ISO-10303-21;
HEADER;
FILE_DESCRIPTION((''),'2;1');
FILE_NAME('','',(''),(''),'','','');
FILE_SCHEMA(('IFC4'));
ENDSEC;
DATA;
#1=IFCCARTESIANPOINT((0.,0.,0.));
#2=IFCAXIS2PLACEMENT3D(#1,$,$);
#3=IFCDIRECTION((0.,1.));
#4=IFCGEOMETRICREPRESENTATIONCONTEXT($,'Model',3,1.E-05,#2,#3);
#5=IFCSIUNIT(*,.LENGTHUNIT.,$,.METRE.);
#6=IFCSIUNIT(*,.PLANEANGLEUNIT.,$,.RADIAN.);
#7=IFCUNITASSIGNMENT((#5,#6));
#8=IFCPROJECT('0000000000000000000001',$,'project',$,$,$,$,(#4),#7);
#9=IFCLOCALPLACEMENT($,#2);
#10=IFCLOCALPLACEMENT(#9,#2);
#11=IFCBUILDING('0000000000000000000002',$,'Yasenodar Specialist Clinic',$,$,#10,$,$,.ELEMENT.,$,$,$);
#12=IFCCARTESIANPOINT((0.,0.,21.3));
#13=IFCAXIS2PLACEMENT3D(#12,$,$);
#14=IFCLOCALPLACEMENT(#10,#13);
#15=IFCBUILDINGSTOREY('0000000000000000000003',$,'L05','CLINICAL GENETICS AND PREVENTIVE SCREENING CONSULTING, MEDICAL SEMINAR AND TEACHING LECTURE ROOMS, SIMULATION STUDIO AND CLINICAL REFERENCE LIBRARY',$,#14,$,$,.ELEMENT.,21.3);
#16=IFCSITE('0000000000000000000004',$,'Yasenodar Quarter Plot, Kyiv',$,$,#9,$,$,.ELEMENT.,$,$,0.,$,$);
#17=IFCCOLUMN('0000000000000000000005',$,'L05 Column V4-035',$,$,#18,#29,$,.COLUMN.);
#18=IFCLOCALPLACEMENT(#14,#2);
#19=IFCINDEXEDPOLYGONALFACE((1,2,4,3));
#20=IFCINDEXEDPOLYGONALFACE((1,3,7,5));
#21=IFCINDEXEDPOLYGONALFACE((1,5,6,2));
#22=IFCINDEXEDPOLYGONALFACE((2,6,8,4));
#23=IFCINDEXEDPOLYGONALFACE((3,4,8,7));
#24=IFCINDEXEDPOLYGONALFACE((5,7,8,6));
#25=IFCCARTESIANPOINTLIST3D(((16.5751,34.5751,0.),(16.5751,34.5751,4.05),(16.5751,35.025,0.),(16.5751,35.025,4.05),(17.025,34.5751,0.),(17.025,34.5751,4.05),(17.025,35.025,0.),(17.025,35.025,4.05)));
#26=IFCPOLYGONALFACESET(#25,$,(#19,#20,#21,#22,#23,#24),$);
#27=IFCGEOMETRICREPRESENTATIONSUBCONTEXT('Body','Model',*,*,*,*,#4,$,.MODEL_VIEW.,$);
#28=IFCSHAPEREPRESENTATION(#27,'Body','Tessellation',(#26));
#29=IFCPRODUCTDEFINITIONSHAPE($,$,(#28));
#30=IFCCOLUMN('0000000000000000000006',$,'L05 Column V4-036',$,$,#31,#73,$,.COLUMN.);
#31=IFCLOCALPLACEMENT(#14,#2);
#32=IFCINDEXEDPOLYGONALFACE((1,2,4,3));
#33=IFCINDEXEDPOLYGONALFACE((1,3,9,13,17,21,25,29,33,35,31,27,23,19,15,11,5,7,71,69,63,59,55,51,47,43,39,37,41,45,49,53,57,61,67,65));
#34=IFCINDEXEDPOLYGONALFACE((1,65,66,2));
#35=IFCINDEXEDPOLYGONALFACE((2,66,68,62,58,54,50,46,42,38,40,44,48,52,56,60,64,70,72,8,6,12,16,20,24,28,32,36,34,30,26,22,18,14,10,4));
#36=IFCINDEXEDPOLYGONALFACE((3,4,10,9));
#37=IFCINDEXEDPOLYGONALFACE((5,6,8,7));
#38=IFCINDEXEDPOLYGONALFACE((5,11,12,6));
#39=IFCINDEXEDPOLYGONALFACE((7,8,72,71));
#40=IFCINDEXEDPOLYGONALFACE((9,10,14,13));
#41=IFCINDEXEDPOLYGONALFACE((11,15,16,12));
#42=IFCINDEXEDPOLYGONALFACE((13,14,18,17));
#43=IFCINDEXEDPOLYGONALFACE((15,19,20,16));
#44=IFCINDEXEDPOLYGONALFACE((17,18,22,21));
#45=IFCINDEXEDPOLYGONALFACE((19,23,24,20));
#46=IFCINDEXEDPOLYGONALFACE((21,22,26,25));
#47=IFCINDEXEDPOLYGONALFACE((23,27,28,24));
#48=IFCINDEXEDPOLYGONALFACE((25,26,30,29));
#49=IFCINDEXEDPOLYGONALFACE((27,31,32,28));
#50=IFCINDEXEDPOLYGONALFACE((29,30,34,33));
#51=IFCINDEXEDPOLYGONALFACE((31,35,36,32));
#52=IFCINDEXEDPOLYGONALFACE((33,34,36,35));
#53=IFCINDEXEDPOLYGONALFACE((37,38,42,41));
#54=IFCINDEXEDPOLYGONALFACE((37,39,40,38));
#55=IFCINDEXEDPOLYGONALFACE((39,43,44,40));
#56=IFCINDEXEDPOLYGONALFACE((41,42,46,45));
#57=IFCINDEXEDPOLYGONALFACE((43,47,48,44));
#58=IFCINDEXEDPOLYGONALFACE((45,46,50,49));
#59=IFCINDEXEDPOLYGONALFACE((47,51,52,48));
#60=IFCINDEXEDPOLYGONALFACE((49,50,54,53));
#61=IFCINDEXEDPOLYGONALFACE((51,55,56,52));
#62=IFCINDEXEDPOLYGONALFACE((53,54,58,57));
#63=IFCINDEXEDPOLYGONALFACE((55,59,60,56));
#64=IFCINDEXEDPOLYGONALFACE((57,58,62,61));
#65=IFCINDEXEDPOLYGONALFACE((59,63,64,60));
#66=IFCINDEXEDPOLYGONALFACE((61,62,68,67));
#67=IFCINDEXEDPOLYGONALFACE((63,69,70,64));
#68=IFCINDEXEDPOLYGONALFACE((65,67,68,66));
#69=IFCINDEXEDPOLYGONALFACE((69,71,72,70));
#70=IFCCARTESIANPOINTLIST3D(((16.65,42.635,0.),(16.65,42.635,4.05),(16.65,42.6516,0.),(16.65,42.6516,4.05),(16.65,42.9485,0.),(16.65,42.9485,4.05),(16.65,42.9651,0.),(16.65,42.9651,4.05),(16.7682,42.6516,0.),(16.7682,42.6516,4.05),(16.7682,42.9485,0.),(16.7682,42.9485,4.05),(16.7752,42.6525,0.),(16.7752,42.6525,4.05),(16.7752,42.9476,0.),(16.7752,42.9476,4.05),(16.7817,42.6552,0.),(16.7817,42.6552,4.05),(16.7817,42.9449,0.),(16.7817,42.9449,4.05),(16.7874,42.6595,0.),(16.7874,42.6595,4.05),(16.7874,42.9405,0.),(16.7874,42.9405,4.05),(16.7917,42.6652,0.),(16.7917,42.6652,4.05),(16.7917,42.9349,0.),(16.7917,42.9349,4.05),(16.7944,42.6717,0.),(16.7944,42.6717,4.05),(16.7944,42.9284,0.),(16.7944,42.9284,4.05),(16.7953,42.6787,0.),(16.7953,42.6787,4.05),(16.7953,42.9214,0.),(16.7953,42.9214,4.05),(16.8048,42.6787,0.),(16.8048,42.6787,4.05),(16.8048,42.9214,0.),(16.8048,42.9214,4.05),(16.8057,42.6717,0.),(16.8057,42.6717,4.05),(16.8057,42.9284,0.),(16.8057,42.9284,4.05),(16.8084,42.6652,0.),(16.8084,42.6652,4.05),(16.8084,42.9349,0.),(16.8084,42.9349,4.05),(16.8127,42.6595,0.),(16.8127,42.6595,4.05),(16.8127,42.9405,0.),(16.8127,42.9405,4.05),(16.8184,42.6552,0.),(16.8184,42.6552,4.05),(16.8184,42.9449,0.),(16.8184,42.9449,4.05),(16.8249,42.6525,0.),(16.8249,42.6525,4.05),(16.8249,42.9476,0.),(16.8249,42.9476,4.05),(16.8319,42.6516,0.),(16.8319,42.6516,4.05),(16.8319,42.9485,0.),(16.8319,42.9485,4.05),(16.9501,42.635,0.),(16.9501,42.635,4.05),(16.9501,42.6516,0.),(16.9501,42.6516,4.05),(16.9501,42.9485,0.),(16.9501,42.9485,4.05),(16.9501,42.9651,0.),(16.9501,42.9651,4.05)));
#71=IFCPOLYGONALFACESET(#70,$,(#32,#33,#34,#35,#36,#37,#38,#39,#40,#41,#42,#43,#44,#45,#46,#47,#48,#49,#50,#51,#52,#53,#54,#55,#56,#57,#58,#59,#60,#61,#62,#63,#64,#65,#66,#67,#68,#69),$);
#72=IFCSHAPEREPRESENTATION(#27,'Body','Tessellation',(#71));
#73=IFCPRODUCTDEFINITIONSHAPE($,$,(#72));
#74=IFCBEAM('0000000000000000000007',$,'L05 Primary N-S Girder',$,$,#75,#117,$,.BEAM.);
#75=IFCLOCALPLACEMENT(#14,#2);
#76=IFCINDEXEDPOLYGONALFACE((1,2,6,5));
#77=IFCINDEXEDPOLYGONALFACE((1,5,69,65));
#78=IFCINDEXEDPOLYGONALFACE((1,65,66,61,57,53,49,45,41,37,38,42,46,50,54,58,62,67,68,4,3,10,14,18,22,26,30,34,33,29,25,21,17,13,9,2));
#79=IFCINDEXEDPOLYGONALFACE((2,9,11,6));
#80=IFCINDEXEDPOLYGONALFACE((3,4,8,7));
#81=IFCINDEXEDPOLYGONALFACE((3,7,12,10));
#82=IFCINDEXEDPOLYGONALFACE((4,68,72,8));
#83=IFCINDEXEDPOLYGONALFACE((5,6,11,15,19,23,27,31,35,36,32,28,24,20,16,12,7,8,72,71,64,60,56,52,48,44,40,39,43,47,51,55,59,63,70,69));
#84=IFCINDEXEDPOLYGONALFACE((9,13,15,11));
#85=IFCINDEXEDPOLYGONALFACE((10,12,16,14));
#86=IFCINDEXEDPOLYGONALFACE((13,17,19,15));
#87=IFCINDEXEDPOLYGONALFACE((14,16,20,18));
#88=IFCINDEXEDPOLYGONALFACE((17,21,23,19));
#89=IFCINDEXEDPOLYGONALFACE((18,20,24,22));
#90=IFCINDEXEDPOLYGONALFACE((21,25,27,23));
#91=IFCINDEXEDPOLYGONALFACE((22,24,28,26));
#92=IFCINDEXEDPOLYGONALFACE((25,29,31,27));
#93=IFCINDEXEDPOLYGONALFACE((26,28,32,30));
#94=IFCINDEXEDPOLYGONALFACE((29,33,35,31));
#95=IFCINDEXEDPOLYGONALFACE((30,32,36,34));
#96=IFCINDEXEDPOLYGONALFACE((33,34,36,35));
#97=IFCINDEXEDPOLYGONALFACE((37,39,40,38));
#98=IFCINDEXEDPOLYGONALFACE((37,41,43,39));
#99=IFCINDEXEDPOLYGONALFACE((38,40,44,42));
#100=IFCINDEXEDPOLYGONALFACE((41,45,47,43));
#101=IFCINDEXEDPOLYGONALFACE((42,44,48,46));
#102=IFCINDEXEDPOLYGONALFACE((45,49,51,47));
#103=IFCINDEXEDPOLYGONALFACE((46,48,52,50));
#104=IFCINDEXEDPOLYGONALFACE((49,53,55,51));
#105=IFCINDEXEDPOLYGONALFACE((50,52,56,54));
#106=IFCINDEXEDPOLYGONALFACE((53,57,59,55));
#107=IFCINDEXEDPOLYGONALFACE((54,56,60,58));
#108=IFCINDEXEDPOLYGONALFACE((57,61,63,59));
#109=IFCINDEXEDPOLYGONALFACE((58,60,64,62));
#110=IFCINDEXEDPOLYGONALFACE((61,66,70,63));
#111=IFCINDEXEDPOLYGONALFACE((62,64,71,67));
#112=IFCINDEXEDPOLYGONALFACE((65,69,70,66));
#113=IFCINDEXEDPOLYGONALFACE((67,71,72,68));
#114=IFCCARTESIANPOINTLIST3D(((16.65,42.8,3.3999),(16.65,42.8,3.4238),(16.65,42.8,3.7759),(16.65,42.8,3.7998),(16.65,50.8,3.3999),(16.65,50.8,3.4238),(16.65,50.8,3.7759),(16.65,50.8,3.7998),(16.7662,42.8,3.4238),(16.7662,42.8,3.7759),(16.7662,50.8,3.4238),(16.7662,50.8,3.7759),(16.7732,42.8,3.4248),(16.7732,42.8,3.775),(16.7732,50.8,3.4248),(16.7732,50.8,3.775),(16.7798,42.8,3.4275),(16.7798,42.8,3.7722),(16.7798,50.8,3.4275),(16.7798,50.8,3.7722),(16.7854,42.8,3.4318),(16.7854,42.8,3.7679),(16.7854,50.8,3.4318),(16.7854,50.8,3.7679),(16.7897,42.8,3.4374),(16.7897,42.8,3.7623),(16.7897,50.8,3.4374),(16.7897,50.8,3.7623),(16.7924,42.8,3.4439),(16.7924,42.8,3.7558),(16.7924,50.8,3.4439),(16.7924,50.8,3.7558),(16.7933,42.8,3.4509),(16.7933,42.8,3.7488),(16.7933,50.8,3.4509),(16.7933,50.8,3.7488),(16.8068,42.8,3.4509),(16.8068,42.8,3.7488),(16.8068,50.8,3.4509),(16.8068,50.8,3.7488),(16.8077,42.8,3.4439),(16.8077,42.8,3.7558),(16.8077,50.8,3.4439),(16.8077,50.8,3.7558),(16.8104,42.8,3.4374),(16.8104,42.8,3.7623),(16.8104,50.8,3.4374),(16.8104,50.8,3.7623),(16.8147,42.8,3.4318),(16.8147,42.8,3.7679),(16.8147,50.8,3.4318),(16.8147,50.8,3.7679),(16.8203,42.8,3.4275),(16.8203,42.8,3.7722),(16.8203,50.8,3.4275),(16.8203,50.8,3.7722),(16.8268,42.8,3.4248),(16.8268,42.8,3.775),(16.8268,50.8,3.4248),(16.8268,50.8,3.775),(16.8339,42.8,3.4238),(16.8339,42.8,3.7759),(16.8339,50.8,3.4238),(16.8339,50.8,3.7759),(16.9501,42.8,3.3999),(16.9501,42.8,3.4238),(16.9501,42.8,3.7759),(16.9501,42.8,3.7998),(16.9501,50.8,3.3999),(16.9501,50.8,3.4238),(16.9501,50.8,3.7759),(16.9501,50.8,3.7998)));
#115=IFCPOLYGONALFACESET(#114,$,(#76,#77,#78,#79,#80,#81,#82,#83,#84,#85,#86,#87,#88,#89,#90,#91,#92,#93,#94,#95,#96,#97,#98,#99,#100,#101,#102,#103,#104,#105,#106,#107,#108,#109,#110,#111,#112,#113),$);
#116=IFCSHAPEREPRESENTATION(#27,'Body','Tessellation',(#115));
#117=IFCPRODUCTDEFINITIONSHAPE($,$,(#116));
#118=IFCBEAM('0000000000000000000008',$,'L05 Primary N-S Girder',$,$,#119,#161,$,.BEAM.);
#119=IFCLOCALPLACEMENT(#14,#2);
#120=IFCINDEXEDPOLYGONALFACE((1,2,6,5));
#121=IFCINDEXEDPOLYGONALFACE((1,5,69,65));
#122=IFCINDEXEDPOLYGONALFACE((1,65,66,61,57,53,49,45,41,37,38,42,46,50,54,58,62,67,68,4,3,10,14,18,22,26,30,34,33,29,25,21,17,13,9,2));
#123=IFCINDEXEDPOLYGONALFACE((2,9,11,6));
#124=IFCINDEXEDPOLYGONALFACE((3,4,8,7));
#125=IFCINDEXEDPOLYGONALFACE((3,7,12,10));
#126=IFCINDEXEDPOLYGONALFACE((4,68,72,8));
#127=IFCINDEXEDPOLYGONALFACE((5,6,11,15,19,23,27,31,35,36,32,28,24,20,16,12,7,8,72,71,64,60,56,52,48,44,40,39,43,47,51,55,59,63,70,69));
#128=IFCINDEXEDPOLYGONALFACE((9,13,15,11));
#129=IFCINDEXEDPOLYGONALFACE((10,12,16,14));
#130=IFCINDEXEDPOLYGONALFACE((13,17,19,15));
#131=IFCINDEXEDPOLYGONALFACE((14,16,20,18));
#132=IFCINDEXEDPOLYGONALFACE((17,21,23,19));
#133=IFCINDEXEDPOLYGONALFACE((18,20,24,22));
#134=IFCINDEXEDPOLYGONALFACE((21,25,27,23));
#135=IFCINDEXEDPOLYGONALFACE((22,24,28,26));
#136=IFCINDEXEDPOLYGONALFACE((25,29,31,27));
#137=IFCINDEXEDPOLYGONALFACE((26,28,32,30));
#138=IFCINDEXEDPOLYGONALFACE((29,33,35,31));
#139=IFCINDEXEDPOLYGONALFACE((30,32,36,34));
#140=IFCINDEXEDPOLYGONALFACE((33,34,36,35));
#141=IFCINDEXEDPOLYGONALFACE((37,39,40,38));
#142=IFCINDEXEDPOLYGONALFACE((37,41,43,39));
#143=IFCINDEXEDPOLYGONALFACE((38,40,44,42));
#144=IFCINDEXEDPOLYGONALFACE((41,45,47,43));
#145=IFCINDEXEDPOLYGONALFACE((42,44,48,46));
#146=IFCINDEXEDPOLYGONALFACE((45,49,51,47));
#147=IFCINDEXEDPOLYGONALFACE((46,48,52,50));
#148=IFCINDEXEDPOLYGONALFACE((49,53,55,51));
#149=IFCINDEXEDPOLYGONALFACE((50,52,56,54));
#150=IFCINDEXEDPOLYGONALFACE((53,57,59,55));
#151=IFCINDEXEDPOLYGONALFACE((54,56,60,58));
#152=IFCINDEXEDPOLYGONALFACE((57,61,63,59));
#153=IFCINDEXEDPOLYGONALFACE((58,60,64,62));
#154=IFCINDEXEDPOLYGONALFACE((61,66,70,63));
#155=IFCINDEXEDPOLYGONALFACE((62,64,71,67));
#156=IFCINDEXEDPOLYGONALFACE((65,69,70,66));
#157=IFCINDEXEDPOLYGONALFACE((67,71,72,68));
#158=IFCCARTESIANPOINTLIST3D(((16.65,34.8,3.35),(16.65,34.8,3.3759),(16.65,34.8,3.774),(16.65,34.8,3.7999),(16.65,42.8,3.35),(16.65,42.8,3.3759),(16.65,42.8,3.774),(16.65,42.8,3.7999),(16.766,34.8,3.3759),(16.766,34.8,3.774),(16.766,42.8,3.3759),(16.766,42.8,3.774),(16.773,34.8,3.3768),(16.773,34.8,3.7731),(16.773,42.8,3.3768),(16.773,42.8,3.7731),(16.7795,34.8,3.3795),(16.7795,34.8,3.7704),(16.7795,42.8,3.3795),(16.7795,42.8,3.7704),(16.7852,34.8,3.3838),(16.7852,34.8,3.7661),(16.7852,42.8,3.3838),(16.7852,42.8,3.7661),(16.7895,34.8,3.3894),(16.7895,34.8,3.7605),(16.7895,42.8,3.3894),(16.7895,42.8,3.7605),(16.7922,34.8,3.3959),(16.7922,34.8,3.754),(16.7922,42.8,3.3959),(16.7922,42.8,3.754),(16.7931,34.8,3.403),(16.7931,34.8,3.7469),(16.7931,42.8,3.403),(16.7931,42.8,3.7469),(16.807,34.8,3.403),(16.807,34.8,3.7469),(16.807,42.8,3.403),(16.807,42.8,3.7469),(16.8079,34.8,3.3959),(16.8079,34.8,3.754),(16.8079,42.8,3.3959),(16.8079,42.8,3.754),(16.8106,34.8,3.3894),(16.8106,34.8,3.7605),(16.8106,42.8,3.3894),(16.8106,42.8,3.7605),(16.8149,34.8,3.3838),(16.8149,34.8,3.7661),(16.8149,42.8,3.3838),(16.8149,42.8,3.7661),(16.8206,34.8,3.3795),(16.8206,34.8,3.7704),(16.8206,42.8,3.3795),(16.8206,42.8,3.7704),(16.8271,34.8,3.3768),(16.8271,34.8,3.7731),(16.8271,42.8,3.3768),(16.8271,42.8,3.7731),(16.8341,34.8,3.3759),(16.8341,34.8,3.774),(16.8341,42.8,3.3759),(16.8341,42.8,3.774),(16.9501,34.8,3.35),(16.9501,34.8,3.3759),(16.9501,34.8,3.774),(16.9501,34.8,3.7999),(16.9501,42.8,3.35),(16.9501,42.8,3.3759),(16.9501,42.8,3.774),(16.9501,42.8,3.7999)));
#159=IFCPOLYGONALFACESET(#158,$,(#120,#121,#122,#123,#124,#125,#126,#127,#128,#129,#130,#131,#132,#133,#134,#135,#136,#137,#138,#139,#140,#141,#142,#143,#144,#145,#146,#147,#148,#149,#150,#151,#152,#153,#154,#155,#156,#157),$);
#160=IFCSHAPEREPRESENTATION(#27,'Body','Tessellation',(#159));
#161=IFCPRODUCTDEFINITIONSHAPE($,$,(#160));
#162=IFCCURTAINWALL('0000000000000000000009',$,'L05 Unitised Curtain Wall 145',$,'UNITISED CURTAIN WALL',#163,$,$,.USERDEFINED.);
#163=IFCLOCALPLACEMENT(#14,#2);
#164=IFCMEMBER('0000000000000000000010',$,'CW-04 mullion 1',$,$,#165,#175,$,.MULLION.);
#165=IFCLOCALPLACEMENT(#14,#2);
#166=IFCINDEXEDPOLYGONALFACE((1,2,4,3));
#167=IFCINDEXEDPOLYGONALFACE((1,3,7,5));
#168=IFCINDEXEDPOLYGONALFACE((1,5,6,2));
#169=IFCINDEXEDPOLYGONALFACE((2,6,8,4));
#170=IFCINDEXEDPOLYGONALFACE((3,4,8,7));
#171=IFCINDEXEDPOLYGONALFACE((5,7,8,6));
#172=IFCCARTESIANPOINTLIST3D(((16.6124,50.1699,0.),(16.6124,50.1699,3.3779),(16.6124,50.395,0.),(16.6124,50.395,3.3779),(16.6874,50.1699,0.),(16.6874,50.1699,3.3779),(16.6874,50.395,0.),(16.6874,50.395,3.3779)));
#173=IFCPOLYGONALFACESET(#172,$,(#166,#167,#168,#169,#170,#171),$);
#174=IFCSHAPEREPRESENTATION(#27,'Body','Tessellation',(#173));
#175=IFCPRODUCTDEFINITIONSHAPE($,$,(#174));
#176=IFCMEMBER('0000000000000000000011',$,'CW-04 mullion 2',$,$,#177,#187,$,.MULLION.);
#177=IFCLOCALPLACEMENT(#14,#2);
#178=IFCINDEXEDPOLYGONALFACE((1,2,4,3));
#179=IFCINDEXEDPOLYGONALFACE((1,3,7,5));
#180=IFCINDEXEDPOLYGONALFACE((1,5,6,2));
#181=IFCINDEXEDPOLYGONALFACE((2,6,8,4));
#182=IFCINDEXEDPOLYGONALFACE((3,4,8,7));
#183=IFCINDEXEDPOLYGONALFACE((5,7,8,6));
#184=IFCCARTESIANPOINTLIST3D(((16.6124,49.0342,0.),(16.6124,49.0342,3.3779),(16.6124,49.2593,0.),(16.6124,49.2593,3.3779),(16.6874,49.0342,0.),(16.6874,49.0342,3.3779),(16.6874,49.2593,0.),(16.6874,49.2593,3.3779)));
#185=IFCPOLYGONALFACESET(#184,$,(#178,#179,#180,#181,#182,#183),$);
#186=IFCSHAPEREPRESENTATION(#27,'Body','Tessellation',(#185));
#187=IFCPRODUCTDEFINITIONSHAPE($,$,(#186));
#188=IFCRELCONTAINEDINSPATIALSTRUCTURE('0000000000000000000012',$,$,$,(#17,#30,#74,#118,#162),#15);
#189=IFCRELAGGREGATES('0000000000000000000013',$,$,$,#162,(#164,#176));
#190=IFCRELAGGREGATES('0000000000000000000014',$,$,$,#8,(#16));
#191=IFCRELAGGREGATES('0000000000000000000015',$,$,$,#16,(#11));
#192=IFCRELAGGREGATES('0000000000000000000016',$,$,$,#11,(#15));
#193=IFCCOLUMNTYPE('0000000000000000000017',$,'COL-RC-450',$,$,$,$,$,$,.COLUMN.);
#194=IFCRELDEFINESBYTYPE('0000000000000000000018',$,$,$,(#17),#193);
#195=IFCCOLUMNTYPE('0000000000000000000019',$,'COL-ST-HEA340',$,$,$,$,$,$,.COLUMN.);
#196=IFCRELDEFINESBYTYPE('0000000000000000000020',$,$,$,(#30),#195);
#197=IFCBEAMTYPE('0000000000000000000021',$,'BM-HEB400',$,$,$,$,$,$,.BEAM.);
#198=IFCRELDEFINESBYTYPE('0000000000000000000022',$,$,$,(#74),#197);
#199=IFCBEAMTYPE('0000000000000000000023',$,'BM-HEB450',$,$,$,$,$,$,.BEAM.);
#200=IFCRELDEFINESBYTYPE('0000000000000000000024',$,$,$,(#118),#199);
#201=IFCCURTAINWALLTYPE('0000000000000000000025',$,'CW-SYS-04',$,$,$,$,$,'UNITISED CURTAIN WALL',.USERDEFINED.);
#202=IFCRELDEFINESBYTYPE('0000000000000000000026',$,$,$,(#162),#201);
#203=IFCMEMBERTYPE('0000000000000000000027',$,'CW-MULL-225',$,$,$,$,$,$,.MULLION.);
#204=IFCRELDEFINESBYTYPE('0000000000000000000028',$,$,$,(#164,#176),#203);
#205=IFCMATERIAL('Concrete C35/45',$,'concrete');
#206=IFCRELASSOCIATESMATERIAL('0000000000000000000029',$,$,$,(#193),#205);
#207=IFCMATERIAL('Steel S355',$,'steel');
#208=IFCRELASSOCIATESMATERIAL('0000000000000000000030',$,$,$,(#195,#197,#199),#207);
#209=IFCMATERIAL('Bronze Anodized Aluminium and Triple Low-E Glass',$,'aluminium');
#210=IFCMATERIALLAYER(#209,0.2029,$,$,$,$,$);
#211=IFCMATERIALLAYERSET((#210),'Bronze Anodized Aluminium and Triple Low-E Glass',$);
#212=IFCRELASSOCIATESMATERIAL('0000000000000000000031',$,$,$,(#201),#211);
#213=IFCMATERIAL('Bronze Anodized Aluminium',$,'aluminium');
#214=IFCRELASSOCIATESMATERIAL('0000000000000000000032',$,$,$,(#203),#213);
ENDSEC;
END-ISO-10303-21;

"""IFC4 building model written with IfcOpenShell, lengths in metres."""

from ifc_helpers import new_model, si_unit, direction, frame, origin, origin_2d, place, context, subcontext, project, spatial, rectangle, i_section, extrude, material, layer, layer_set, material_profile, profile_set, type_object, element, aggregate, save


model = new_model("IFC4")

# Units and contexts
model_context = context("Model", 3, precision=1e-05, world=origin(), true_north=direction((0.0, 1.0)))
body_context = subcontext(model_context, "Body", "Model", "MODEL_VIEW")
ifc_project = project(units=[si_unit("LENGTHUNIT", "METRE"), si_unit("PLANEANGLEUNIT", "RADIAN")], contexts=[model_context])

# Site, building, storey
site_placement = place(None, origin())
site = spatial("IfcSite", under=ifc_project, at=site_placement, Name="Yasenodar Quarter Plot, Kyiv", CompositionType="ELEMENT", RefElevation=0.0)
building_placement = place(site_placement, origin())
building = spatial("IfcBuilding", under=site, at=building_placement, Name="Yasenodar Specialist Clinic", CompositionType="ELEMENT")
storey_placement = place(building_placement, frame((0.0, 0.0, 21.3)))
storey = spatial("IfcBuildingStorey", under=building, at=storey_placement, Name="L05", Description="CLINICAL GENETICS AND PREVENTIVE SCREENING CONSULTING, MEDICAL SEMINAR AND TEACHING LECTURE ROOMS, SIMULATION STUDIO AND CLINICAL REFERENCE LIBRARY", CompositionType="ELEMENT", Elevation=21.3)

# Columns
ifc_material_1 = material(Name="Concrete C35/45", Category="concrete")
ifc_material_profile_1 = material_profile(ifc_material_1, rectangle(XDim=0.45, YDim=0.45, at=origin_2d()), Name="RC 450x450")
ifc_profile_set_1 = profile_set([ifc_material_profile_1], Name="Concrete C35/45")
column_type_1 = type_object("IfcColumnType", Name="COL-RC-450", PredefinedType="COLUMN", material=ifc_profile_set_1)
column_1_placement = place(storey_placement, frame((16.8, 34.8, 0.0), z_axis=(0.0, 0.0, 1.0), x_axis=(1.0, 0.0, 0.0)))
element("IfcColumn", 1, at=column_1_placement, inside=storey, type_object=column_type_1, Name="L05 Column V4-035", PredefinedType="COLUMN", context=body_context, shape_type="SweptSolid", body=[
    extrude(rectangle(XDim=0.45, YDim=0.45, at=origin_2d()), origin(), (0.0, 0.0, 1.0), 4.05),
])
ifc_material_2 = material(Name="Steel S355", Category="steel")
ifc_material_profile_2 = material_profile(ifc_material_2, i_section(OverallWidth=0.3, OverallDepth=0.3301, WebThickness=0.0095, FlangeThickness=0.0166, FilletRadius=0.0271, at=origin_2d()), Name="HEA 340")
ifc_profile_set_2 = profile_set([ifc_material_profile_2], Name="Steel S355")
column_type_2 = type_object("IfcColumnType", Name="COL-ST-HEA340", PredefinedType="COLUMN", material=ifc_profile_set_2)
column_2_placement = place(storey_placement, frame((16.8, 42.8, 0.0), z_axis=(0.0, 0.0, 1.0), x_axis=(1.0, 0.0, 0.0)))
element("IfcColumn", 2, at=column_2_placement, inside=storey, type_object=column_type_2, Name="L05 Column V4-036", PredefinedType="COLUMN", context=body_context, shape_type="SweptSolid", body=[
    extrude(i_section(OverallWidth=0.3, OverallDepth=0.3301, WebThickness=0.0095, FlangeThickness=0.0166, FilletRadius=0.0271, at=origin_2d()), origin(), (0.0, 0.0, 1.0), 4.05),
])

# Beams
ifc_material_profile_3 = material_profile(ifc_material_2, i_section(OverallWidth=0.3, OverallDepth=0.3999, WebThickness=0.0134, FlangeThickness=0.0239, FilletRadius=0.0271, at=origin_2d()), Name="HEB 400")
ifc_profile_set_3 = profile_set([ifc_material_profile_3], Name="Steel S355")
beam_type_1 = type_object("IfcBeamType", Name="BM-HEB400", PredefinedType="BEAM", material=ifc_profile_set_3)
beam_1_placement = place(storey_placement, frame((16.8, 42.8, 3.5999), z_axis=(0.0, 1.0, 0.0), x_axis=(-1.0, 0.0, 0.0)))
element("IfcBeam", 3, at=beam_1_placement, inside=storey, type_object=beam_type_1, Name="L05 Primary N-S Girder", PredefinedType="BEAM", context=body_context, shape_type="SweptSolid", body=[
    extrude(i_section(OverallWidth=0.3, OverallDepth=0.3999, WebThickness=0.0134, FlangeThickness=0.0239, FilletRadius=0.0271, at=origin_2d()), origin(), (0.0, 0.0, 1.0), 8.0),
])
ifc_material_profile_4 = material_profile(ifc_material_2, i_section(OverallWidth=0.3, OverallDepth=0.45, WebThickness=0.0139, FlangeThickness=0.0259, FilletRadius=0.0271, at=origin_2d()), Name="HEB 450")
ifc_profile_set_4 = profile_set([ifc_material_profile_4], Name="Steel S355")
beam_type_2 = type_object("IfcBeamType", Name="BM-HEB450", PredefinedType="BEAM", material=ifc_profile_set_4)
beam_2_placement = place(storey_placement, frame((16.8, 34.8, 3.575), z_axis=(0.0, 1.0, 0.0), x_axis=(-1.0, 0.0, 0.0)))
element("IfcBeam", 4, at=beam_2_placement, inside=storey, type_object=beam_type_2, Name="L05 Primary N-S Girder", PredefinedType="BEAM", context=body_context, shape_type="SweptSolid", body=[
    extrude(i_section(OverallWidth=0.3, OverallDepth=0.45, WebThickness=0.0139, FlangeThickness=0.0259, FilletRadius=0.0271, at=origin_2d()), origin(), (0.0, 0.0, 1.0), 8.0),
])

# Curtain wall, members
ifc_material_3 = material(Name="Bronze Anodized Aluminium and Triple Low-E Glass", Category="aluminium")
ifc_layer_1 = layer(ifc_material_3, 0.2029)
ifc_layer_set_1 = layer_set([ifc_layer_1], Name="Bronze Anodized Aluminium and Triple Low-E Glass")
curtain_wall_type = type_object("IfcCurtainWallType", Name="CW-SYS-04", ElementType="UNITISED CURTAIN WALL", PredefinedType="USERDEFINED", material=ifc_layer_set_1)
curtain_wall_placement = place(storey_placement, origin())
curtain_wall = element("IfcCurtainWall", 5, at=curtain_wall_placement, inside=storey, type_object=curtain_wall_type, Name="L05 Unitised Curtain Wall 145", ObjectType="UNITISED CURTAIN WALL", PredefinedType="USERDEFINED")
ifc_material_4 = material(Name="Bronze Anodized Aluminium", Category="aluminium")
ifc_material_profile_5 = material_profile(ifc_material_4, rectangle(XDim=0.075, YDim=0.2251, at=origin_2d()), Name="CW-MULL 75x225")
ifc_profile_set_5 = profile_set([ifc_material_profile_5], Name="Bronze Anodized Aluminium")
member_type_1 = type_object("IfcMemberType", Name="CW-MULL-225", PredefinedType="MULLION", material=ifc_profile_set_5)
member_1_placement = place(storey_placement, frame((16.6499, 50.2825, 0.0), z_axis=(0.0, 0.0, 1.0), x_axis=(1.0, 0.0, 0.0)))
member_1 = element("IfcMember", 6, at=member_1_placement, type_object=member_type_1, Name="CW-04 mullion 1", PredefinedType="MULLION", context=body_context, shape_type="SweptSolid", body=[
    extrude(rectangle(XDim=0.075, YDim=0.2251, at=origin_2d()), origin(), (0.0, 0.0, 1.0), 3.3779),
])
member_2_placement = place(storey_placement, frame((16.6499, 49.1467, 0.0), z_axis=(0.0, 0.0, 1.0), x_axis=(1.0, 0.0, 0.0)))
member_2 = element("IfcMember", 7, at=member_2_placement, type_object=member_type_1, Name="CW-04 mullion 2", PredefinedType="MULLION", context=body_context, shape_type="SweptSolid", body=[
    extrude(rectangle(XDim=0.075, YDim=0.2251, at=origin_2d()), origin(), (0.0, 0.0, 1.0), 3.3779),
])

aggregate(curtain_wall, [member_1, member_2])

save(model, "model.ifc")
